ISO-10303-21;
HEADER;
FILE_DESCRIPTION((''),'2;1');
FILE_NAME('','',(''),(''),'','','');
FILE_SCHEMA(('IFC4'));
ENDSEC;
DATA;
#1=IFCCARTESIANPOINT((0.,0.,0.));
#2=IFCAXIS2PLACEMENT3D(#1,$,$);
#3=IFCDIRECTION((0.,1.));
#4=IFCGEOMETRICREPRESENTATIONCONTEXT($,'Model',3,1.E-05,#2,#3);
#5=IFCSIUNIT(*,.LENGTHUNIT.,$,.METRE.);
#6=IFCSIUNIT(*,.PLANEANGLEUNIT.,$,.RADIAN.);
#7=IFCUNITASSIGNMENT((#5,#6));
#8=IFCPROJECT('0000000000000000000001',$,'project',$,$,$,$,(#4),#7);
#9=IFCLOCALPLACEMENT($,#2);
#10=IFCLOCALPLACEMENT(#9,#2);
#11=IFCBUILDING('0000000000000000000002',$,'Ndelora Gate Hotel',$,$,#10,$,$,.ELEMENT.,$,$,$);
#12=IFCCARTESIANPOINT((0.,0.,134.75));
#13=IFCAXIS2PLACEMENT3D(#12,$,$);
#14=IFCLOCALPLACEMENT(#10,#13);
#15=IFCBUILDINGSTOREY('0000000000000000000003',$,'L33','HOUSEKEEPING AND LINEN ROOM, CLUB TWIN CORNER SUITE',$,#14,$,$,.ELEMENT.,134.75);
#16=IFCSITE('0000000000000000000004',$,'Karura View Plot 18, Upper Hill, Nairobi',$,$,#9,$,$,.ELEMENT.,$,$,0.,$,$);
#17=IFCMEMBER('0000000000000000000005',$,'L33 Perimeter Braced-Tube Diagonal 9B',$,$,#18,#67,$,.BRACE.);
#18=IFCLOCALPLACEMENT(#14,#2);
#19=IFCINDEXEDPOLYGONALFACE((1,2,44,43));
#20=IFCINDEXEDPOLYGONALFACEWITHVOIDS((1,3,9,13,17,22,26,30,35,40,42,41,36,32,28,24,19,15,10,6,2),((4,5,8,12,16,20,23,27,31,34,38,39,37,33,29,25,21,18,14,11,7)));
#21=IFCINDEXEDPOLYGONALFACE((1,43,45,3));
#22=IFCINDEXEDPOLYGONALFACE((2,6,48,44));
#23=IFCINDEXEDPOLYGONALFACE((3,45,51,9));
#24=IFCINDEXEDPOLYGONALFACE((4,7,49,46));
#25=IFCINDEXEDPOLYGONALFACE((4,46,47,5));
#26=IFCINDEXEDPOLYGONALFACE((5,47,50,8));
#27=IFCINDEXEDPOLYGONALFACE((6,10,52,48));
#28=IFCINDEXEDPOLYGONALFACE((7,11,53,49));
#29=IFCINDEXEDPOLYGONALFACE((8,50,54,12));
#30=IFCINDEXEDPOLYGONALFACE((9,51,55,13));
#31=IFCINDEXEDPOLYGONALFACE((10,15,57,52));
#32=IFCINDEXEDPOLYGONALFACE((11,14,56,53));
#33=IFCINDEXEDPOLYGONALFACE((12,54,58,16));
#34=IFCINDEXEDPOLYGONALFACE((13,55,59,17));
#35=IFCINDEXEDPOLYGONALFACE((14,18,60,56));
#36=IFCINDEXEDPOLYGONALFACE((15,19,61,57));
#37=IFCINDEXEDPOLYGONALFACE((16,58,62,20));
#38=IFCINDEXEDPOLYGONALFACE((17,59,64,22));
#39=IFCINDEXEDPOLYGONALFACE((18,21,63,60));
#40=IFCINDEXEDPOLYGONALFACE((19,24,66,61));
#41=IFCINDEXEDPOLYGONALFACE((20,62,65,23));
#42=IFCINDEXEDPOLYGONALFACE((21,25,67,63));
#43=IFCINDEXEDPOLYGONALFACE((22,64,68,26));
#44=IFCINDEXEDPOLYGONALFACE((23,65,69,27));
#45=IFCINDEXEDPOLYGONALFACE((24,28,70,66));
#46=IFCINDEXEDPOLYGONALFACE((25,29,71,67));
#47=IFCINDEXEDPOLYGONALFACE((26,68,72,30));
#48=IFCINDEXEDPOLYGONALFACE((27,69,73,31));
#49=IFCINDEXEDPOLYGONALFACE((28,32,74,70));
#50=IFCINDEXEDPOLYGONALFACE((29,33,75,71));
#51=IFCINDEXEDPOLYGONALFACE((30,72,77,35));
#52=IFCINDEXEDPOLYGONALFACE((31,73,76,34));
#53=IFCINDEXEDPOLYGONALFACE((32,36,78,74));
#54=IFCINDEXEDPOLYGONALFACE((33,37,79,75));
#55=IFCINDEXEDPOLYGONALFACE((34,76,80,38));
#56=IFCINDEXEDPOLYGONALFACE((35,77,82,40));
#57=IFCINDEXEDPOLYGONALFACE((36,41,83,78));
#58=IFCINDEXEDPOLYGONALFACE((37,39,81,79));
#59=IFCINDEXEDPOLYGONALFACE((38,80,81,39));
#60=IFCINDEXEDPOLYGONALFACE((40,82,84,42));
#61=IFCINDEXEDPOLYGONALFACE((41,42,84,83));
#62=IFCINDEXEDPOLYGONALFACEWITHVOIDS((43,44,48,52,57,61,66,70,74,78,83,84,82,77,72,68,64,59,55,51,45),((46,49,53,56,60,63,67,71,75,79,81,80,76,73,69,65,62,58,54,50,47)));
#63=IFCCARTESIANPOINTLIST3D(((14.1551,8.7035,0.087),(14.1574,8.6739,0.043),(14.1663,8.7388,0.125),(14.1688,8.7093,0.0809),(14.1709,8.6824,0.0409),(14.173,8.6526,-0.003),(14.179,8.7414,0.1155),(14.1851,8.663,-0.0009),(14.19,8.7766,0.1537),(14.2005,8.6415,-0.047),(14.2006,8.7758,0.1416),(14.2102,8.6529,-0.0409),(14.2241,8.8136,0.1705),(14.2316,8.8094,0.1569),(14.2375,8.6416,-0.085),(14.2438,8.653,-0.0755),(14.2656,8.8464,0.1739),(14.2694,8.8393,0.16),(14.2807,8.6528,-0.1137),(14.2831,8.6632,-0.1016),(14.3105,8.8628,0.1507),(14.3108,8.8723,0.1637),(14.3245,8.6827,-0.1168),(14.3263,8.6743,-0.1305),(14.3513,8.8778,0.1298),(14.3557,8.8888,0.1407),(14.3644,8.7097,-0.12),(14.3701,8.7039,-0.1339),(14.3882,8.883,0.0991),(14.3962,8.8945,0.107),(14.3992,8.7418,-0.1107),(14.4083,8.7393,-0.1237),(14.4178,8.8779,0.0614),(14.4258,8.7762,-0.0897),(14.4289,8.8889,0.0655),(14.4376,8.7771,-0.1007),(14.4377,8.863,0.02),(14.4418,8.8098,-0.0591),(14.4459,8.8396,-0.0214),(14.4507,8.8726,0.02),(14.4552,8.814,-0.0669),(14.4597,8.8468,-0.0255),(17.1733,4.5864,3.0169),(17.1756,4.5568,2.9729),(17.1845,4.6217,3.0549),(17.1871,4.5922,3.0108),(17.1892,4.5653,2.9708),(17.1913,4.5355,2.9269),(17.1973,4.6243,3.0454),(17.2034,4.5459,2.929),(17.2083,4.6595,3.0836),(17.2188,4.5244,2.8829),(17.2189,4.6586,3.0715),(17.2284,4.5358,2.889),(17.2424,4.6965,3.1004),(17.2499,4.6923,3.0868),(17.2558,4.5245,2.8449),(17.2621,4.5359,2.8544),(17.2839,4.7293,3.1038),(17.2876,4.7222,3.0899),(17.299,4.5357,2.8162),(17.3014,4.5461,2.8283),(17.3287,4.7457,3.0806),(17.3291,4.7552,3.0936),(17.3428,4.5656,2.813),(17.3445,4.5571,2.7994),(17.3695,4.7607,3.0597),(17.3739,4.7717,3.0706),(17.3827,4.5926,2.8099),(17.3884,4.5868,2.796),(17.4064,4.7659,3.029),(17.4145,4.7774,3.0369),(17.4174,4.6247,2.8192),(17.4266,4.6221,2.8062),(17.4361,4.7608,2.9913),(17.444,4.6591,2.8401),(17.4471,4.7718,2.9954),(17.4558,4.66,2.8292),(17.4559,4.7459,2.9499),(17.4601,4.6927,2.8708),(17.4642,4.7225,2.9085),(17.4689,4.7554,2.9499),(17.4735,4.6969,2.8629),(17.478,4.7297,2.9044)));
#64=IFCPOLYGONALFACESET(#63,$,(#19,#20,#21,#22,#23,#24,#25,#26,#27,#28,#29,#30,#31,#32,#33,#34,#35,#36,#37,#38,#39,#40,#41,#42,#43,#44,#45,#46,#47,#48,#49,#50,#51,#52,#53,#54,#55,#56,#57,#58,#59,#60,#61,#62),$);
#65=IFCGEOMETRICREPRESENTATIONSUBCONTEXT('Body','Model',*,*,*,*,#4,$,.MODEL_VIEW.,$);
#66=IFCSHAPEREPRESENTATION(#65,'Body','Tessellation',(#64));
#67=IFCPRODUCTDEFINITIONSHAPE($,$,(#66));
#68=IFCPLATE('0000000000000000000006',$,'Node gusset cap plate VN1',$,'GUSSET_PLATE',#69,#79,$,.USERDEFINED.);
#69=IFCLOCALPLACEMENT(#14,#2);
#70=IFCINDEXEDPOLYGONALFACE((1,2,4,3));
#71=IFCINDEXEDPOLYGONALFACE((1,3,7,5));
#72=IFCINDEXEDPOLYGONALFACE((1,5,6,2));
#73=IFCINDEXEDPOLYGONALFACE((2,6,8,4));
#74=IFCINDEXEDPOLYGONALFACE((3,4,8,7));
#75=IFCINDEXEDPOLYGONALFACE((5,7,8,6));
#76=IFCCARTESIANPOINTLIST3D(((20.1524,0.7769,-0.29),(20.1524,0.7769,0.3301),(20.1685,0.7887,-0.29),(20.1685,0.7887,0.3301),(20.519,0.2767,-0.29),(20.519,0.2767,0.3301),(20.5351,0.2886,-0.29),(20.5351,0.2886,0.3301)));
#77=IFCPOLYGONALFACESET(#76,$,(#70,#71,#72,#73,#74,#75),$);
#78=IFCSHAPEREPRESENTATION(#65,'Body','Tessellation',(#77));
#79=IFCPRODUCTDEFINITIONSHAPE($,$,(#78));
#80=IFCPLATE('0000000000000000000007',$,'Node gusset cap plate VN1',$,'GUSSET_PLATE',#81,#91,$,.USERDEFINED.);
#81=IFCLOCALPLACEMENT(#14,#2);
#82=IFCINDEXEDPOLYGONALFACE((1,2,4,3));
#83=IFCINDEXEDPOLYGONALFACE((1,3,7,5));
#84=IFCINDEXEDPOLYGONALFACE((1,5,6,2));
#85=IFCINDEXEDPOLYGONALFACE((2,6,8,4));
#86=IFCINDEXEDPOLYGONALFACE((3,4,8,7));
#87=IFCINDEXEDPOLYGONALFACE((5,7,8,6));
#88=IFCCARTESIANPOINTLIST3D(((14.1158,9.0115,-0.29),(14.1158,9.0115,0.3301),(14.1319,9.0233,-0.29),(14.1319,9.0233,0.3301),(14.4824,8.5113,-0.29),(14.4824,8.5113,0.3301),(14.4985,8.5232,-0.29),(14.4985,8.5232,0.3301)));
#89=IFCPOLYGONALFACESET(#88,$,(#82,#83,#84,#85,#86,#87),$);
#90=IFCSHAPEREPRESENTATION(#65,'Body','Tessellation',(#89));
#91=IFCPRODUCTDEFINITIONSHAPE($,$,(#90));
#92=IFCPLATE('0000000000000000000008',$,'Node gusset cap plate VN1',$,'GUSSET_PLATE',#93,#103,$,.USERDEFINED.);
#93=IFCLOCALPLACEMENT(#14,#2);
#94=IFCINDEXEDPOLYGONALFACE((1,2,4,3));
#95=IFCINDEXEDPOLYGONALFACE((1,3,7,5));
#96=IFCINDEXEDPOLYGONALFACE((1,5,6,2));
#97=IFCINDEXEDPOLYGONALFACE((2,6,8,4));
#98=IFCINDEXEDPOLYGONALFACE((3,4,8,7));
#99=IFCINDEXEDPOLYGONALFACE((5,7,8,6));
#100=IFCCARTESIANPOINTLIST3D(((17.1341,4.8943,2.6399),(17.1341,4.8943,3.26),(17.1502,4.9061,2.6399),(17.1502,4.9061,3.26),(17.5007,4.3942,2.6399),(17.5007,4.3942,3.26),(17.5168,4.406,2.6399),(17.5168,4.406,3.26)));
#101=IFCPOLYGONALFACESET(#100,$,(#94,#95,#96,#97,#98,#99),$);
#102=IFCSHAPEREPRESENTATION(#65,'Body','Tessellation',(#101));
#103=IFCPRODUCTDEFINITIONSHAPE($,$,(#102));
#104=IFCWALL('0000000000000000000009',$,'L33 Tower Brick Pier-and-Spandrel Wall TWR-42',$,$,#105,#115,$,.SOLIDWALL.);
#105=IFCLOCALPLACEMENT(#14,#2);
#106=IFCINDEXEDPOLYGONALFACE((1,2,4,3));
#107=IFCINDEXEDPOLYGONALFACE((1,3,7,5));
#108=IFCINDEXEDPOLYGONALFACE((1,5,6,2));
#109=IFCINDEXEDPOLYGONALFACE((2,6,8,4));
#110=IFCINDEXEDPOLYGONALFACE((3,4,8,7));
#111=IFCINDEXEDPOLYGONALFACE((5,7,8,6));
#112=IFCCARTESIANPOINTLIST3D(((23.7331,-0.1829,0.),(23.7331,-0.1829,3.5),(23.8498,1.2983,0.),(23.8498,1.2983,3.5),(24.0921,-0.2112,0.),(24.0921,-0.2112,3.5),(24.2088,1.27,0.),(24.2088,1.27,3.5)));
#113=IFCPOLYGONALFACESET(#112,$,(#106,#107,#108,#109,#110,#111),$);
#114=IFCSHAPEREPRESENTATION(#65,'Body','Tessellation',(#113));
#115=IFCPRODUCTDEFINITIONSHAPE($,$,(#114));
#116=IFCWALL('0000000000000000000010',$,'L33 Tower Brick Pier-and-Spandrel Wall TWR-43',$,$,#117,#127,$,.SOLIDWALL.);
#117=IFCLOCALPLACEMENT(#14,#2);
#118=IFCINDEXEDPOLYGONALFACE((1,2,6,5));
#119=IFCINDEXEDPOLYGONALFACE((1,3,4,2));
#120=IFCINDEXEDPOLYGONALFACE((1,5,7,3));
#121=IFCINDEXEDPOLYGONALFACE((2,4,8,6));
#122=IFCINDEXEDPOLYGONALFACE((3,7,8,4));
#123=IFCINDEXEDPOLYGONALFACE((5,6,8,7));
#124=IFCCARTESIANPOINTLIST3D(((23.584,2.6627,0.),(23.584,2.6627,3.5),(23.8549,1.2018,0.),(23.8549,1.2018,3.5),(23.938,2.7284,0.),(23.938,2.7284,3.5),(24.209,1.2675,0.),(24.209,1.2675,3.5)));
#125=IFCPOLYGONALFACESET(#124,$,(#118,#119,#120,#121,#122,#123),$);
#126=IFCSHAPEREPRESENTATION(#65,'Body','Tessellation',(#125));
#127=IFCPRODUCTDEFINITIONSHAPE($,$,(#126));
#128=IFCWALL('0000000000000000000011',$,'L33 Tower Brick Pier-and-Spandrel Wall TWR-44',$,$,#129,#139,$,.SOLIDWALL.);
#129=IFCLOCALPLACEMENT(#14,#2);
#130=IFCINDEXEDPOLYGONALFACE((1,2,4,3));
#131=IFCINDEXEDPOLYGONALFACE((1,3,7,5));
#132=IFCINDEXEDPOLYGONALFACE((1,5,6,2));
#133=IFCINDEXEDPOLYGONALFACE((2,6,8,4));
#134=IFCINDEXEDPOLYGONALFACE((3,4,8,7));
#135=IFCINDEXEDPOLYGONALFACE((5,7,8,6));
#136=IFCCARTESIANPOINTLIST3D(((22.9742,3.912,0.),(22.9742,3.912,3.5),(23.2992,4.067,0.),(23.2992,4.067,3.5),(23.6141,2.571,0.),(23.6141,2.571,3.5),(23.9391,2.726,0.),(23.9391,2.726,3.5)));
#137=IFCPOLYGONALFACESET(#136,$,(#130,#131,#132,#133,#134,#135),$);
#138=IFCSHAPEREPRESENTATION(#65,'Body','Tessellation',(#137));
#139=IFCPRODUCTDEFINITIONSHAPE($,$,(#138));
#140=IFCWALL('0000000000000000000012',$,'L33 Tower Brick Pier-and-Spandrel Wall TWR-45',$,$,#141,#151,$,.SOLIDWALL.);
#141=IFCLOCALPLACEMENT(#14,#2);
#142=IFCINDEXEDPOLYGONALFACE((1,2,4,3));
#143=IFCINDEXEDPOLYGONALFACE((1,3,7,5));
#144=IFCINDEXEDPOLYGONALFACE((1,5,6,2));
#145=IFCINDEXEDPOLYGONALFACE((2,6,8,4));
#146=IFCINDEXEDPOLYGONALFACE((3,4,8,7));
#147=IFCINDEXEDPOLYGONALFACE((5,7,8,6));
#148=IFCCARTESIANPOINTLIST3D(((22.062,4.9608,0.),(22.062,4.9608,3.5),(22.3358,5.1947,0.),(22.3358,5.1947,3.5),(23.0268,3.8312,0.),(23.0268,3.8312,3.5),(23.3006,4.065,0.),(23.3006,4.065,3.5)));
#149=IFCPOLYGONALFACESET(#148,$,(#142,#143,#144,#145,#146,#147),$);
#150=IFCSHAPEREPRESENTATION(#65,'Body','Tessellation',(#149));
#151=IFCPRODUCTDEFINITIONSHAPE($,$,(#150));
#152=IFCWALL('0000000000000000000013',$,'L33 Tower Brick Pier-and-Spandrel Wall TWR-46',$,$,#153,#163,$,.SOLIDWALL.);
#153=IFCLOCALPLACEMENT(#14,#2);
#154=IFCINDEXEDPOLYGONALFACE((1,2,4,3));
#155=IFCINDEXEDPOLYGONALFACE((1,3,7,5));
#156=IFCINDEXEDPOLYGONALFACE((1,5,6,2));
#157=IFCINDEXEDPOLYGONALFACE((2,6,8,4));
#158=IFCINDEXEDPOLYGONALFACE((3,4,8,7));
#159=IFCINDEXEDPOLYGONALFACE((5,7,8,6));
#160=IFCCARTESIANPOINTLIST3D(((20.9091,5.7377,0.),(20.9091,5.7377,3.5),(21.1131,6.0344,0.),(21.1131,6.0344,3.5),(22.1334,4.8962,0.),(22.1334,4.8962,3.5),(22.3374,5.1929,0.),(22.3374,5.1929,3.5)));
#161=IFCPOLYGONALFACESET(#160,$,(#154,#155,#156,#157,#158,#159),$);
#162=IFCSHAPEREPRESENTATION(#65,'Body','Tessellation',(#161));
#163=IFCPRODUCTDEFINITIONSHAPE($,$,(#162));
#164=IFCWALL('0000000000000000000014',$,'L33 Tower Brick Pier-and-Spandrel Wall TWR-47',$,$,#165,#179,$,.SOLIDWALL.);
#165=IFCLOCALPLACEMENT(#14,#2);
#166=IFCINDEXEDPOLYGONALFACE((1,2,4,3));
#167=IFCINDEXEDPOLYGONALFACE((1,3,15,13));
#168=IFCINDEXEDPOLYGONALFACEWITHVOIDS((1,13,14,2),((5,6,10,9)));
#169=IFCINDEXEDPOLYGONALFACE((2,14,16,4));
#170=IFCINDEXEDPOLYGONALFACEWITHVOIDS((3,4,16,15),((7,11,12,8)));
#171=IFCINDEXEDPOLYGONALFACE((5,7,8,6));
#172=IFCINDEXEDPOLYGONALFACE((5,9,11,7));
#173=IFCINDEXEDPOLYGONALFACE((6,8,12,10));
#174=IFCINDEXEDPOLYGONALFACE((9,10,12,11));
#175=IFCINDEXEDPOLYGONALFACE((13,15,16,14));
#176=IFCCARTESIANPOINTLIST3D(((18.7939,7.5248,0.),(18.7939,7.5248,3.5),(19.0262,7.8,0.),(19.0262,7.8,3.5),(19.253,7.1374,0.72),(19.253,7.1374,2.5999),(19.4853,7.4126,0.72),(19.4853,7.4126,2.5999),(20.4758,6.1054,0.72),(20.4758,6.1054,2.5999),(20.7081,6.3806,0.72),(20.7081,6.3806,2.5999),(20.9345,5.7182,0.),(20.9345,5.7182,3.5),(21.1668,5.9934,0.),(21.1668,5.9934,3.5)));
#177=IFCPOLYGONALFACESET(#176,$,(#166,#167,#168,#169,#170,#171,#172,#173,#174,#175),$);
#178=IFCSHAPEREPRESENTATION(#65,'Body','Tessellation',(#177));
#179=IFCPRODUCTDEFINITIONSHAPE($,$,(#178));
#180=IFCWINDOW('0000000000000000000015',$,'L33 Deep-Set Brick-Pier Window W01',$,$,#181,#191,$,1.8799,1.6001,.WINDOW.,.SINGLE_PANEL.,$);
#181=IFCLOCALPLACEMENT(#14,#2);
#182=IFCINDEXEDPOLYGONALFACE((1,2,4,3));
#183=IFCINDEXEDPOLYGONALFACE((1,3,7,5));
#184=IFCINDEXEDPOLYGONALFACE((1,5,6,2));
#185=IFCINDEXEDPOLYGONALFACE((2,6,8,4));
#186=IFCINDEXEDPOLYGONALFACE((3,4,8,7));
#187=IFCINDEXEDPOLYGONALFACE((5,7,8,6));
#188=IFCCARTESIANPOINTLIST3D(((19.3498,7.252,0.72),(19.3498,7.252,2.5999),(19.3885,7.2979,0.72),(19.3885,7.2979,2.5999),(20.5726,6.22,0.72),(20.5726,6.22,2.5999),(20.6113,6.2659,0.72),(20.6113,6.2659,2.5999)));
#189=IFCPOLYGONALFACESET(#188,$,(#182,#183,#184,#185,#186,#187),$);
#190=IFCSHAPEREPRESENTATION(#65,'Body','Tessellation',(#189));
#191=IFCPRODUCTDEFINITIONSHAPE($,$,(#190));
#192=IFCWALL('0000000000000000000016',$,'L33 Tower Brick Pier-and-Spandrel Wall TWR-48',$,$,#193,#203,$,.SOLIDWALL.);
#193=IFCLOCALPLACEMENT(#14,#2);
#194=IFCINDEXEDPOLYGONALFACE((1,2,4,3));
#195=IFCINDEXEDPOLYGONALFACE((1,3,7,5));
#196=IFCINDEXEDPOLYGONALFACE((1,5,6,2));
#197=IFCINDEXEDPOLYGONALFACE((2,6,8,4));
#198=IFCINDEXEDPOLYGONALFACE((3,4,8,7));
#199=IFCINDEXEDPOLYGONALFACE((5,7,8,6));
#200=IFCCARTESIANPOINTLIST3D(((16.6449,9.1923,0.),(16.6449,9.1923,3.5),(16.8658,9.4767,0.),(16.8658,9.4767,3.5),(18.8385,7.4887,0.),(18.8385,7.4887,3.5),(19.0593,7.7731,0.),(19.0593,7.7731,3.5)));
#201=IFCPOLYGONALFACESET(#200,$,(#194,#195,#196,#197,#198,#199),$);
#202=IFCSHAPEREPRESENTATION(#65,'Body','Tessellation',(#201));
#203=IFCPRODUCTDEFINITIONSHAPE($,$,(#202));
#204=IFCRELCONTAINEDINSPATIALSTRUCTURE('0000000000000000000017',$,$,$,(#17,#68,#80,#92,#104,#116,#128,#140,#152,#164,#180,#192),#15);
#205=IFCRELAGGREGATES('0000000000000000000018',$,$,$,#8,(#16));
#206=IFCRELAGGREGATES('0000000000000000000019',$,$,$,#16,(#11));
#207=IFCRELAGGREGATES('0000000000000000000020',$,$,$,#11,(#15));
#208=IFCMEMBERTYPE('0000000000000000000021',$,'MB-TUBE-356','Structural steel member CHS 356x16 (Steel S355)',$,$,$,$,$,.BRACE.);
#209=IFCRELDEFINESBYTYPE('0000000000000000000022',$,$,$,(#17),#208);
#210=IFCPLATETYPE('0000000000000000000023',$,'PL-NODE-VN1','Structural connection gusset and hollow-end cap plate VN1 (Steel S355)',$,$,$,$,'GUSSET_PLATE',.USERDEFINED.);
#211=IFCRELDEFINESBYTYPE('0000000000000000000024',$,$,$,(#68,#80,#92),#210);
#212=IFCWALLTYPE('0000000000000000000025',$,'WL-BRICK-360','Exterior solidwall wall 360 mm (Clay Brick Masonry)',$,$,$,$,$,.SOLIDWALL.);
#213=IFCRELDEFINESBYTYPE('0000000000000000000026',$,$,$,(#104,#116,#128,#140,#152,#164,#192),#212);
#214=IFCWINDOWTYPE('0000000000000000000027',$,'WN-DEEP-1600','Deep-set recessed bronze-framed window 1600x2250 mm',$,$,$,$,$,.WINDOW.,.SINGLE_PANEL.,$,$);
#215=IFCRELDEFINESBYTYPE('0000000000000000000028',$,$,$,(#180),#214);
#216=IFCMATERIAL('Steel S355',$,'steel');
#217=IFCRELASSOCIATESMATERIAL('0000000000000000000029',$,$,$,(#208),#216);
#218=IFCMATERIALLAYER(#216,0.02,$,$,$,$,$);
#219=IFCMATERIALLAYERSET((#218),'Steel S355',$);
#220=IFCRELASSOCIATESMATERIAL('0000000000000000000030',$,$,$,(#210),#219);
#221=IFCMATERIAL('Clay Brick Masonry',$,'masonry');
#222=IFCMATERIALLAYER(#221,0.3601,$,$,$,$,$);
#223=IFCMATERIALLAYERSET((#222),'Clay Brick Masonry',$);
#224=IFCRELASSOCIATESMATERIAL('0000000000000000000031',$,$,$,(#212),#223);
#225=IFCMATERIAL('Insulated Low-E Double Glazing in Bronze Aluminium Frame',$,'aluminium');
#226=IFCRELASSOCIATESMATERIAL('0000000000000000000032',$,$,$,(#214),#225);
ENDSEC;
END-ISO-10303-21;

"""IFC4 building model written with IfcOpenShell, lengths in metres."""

from ifc_helpers import new_model, si_unit, direction, frame, frame_2d, origin, origin_2d, place, context, subcontext, project, spatial, rectangle, hollow_circle, extrude, material, layer, layer_set, material_profile, profile_set, type_object, element, fill, save


model = new_model("IFC4")

# Units and contexts
model_context = context("Model", 3, precision=1e-05, world=origin(), true_north=direction((0.0, 1.0)))
body_context = subcontext(model_context, "Body", "Model", "MODEL_VIEW")
ifc_project = project(units=[si_unit("LENGTHUNIT", "METRE"), si_unit("PLANEANGLEUNIT", "RADIAN")], contexts=[model_context])

# Site, building, storey
site_placement = place(None, origin())
site = spatial("IfcSite", under=ifc_project, at=site_placement, Name="Karura View Plot 18, Upper Hill, Nairobi", CompositionType="ELEMENT", RefElevation=0.0)
building_placement = place(site_placement, origin())
building = spatial("IfcBuilding", under=site, at=building_placement, Name="Ndelora Gate Hotel", CompositionType="ELEMENT")
storey_placement = place(building_placement, frame((0.0, 0.0, 134.75)))
storey = spatial("IfcBuildingStorey", under=building, at=storey_placement, Name="L33", Description="HOUSEKEEPING AND LINEN ROOM, CLUB TWIN CORNER SUITE", CompositionType="ELEMENT", Elevation=134.75)

# Shared definitions
ifc_material_1 = material(Name="Steel S355", Category="steel")

# Member
ifc_material_profile_1 = material_profile(ifc_material_1, hollow_circle(Radius=0.178, WallThickness=0.0161, at=origin_2d()), Name="CHS 356x16")
ifc_profile_set_1 = profile_set([ifc_material_profile_1], Name="Steel S355")
member_type = type_object("IfcMemberType", Name="MB-TUBE-356", Description="Structural steel member CHS 356x16 (Steel S355)", PredefinedType="BRACE", material=ifc_profile_set_1)
member_1_placement = place(storey_placement, frame((14.3071, 8.7673, 0.02), z_axis=(0.512788, -0.699479, 0.497773), x_axis=(0.806495, 0.591241, 0.0)))
element("IfcMember", 1, at=member_1_placement, inside=storey, type_object=member_type, Name="L33 Perimeter Braced-Tube Diagonal 9B", PredefinedType="BRACE", context=body_context, shape_type="SweptSolid", body=[
    extrude(hollow_circle(Radius=0.178, WallThickness=0.0161, at=origin_2d()), origin(), (0.0, 0.0, 1.0), 5.886),
])

# Plates
ifc_layer_1 = layer(ifc_material_1, 0.02)
ifc_layer_set_1 = layer_set([ifc_layer_1], Name="Steel S355")
plate_type = type_object("IfcPlateType", Name="PL-NODE-VN1", Description="Structural connection gusset and hollow-end cap plate VN1 (Steel S355)", ElementType="GUSSET_PLATE", PredefinedType="USERDEFINED", material=ifc_layer_set_1)
for number, where, z_axis, x_axis, name in (
    (2, (20.3438, 0.5327, -0.29), (0.0, 0.0, 1.0), (-0.591169, 0.806548, 0.0), "Node gusset cap plate VN1"),
    (3, (14.3071, 8.7673, -0.29), (0.0, 0.0, 1.0), (-0.591169, 0.806548, 0.0), "Node gusset cap plate VN1"),
    (4, (17.3254, 4.6501, 2.6399), (0.0, 0.0, 1.0), (-0.591169, 0.806548, 0.0), "Node gusset cap plate VN1"),
):
    element("IfcPlate", number, at=place(storey_placement, frame(where, z_axis=z_axis, x_axis=x_axis)), inside=storey, type_object=plate_type, Name=name, ObjectType="GUSSET_PLATE", PredefinedType="USERDEFINED", context=body_context, shape_type="SweptSolid", body=[
        extrude(rectangle(XDim=0.6201, YDim=0.02, at=origin_2d()), origin(), (0.0, 0.0, 1.0), 0.6201),
    ])

# Walls
ifc_material_2 = material(Name="Clay Brick Masonry", Category="masonry")
ifc_layer_2 = layer(ifc_material_2, 0.3601)
ifc_layer_set_2 = layer_set([ifc_layer_2], Name="Clay Brick Masonry")
wall_type = type_object("IfcWallType", Name="WL-BRICK-360", Description="Exterior solidwall wall 360 mm (Clay Brick Masonry)", PredefinedType="SOLIDWALL", material=ifc_layer_set_2)
for number, where, z_axis, x_axis, name in (
    (5, (24.0293, 1.2842, 0.0), (0.0, 0.0, 1.0), (-0.078543, -0.996911, 0.0), "L33 Tower Brick Pier-and-Spandrel Wall TWR-42"),
    (6, (23.761, 2.6956, 0.0), (0.0, 0.0, 1.0), (0.182383, -0.983227, 0.0), "L33 Tower Brick Pier-and-Spandrel Wall TWR-43"),
    (7, (23.1367, 3.9895, 0.0), (0.0, 0.0, 1.0), (0.430641, -0.902523, 0.0), "L33 Tower Brick Pier-and-Spandrel Wall TWR-44"),
):
    element("IfcWall", number, at=place(storey_placement, frame(where, z_axis=z_axis, x_axis=x_axis)), inside=storey, type_object=wall_type, Name=name, PredefinedType="SOLIDWALL", context=body_context, shape_type="SweptSolid", body=[
        extrude(rectangle(XDim=1.4858, YDim=0.3601, at=frame_2d((0.7429, 0.0))), origin(), (0.0, 0.0, 1.0), 3.5),
    ])
for number, where, z_axis, x_axis, name in (
    (8, (22.199, 5.0776, 0.0), (0.0, 0.0, 1.0), (0.649464, -0.760392, 0.0), "L33 Tower Brick Pier-and-Spandrel Wall TWR-45"),
    (9, (21.0112, 5.886, 0.0), (0.0, 0.0, 1.0), (0.824104, -0.566438, 0.0), "L33 Tower Brick Pier-and-Spandrel Wall TWR-46"),
):
    element("IfcWall", number, at=place(storey_placement, frame(where, z_axis=z_axis, x_axis=x_axis)), inside=storey, type_object=wall_type, Name=name, PredefinedType="SOLIDWALL", context=body_context, shape_type="SweptSolid", body=[
        extrude(rectangle(XDim=1.4856, YDim=0.3601, at=frame_2d((0.7427, 0.0))), origin(), (0.0, 0.0, 1.0), 3.5),
    ])

# Wall, opening, window
wall_1_placement = place(storey_placement, frame((18.9102, 7.6624, 0.0), z_axis=(0.0, 0.0, 1.0), x_axis=(0.764206, -0.644973, 0.0)))
wall_1 = element("IfcWall", 10, at=wall_1_placement, inside=storey, type_object=wall_type, Name="L33 Tower Brick Pier-and-Spandrel Wall TWR-47", PredefinedType="SOLIDWALL", context=body_context, shape_type="SweptSolid", body=[
    extrude(rectangle(XDim=2.801, YDim=0.3601, at=frame_2d((1.4004, 0.0))), origin(), (0.0, 0.0, 1.0), 3.5),
])
opening_1_placement = place(wall_1_placement, frame((0.6006, 0.0, 0.72)))
opening_1 = element("IfcOpeningElement", 11, at=opening_1_placement, cuts=wall_1, PredefinedType="OPENING", context=body_context, shape_type="SweptSolid", body=[
    extrude(rectangle(XDim=1.6001, YDim=1.8799, at=frame_2d((0.8, 0.9399))), frame((0.0, 0.1899, 0.0), z_axis=(0.0, -1.0, 0.0), x_axis=(1.0, 0.0, 0.0)), (0.0, 0.0, 1.0), 0.3801),
])
ifc_material_3 = material(Name="Insulated Low-E Double Glazing in Bronze Aluminium Frame", Category="aluminium")
window_type_1 = type_object("IfcWindowType", Name="WN-DEEP-1600", Description="Deep-set recessed bronze-framed window 1600x2250 mm", PartitioningType="SINGLE_PANEL", PredefinedType="WINDOW", material=ifc_material_3)
window_1_placement = place(opening_1_placement, origin())
window_1 = element("IfcWindow", 12, at=window_1_placement, inside=storey, type_object=window_type_1, Name="L33 Deep-Set Brick-Pier Window W01", OverallHeight=1.8799, OverallWidth=1.6001, PartitioningType="SINGLE_PANEL", PredefinedType="WINDOW", context=body_context, shape_type="SweptSolid", body=[
    extrude(rectangle(XDim=1.6001, YDim=1.8799, at=frame_2d((0.8, 0.9399))), frame((0.0, 0.03, 0.0), z_axis=(0.0, -1.0, 0.0), x_axis=(1.0, 0.0, 0.0)), (0.0, 0.0, 1.0), 0.0601),
])
fill(opening_1, window_1)

# Wall
wall_2_placement = place(storey_placement, frame((16.7554, 9.3345, 0.0), z_axis=(0.0, 0.0, 1.0), x_axis=(0.789792, -0.613375, 0.0)))
element("IfcWall", 13, at=wall_2_placement, inside=storey, type_object=wall_type, Name="L33 Tower Brick Pier-and-Spandrel Wall TWR-48", PredefinedType="SOLIDWALL", context=body_context, shape_type="SweptSolid", body=[
    extrude(rectangle(XDim=2.7773, YDim=0.3601, at=frame_2d((1.3887, 0.0))), origin(), (0.0, 0.0, 1.0), 3.5),
])

save(model, "model.ifc")
